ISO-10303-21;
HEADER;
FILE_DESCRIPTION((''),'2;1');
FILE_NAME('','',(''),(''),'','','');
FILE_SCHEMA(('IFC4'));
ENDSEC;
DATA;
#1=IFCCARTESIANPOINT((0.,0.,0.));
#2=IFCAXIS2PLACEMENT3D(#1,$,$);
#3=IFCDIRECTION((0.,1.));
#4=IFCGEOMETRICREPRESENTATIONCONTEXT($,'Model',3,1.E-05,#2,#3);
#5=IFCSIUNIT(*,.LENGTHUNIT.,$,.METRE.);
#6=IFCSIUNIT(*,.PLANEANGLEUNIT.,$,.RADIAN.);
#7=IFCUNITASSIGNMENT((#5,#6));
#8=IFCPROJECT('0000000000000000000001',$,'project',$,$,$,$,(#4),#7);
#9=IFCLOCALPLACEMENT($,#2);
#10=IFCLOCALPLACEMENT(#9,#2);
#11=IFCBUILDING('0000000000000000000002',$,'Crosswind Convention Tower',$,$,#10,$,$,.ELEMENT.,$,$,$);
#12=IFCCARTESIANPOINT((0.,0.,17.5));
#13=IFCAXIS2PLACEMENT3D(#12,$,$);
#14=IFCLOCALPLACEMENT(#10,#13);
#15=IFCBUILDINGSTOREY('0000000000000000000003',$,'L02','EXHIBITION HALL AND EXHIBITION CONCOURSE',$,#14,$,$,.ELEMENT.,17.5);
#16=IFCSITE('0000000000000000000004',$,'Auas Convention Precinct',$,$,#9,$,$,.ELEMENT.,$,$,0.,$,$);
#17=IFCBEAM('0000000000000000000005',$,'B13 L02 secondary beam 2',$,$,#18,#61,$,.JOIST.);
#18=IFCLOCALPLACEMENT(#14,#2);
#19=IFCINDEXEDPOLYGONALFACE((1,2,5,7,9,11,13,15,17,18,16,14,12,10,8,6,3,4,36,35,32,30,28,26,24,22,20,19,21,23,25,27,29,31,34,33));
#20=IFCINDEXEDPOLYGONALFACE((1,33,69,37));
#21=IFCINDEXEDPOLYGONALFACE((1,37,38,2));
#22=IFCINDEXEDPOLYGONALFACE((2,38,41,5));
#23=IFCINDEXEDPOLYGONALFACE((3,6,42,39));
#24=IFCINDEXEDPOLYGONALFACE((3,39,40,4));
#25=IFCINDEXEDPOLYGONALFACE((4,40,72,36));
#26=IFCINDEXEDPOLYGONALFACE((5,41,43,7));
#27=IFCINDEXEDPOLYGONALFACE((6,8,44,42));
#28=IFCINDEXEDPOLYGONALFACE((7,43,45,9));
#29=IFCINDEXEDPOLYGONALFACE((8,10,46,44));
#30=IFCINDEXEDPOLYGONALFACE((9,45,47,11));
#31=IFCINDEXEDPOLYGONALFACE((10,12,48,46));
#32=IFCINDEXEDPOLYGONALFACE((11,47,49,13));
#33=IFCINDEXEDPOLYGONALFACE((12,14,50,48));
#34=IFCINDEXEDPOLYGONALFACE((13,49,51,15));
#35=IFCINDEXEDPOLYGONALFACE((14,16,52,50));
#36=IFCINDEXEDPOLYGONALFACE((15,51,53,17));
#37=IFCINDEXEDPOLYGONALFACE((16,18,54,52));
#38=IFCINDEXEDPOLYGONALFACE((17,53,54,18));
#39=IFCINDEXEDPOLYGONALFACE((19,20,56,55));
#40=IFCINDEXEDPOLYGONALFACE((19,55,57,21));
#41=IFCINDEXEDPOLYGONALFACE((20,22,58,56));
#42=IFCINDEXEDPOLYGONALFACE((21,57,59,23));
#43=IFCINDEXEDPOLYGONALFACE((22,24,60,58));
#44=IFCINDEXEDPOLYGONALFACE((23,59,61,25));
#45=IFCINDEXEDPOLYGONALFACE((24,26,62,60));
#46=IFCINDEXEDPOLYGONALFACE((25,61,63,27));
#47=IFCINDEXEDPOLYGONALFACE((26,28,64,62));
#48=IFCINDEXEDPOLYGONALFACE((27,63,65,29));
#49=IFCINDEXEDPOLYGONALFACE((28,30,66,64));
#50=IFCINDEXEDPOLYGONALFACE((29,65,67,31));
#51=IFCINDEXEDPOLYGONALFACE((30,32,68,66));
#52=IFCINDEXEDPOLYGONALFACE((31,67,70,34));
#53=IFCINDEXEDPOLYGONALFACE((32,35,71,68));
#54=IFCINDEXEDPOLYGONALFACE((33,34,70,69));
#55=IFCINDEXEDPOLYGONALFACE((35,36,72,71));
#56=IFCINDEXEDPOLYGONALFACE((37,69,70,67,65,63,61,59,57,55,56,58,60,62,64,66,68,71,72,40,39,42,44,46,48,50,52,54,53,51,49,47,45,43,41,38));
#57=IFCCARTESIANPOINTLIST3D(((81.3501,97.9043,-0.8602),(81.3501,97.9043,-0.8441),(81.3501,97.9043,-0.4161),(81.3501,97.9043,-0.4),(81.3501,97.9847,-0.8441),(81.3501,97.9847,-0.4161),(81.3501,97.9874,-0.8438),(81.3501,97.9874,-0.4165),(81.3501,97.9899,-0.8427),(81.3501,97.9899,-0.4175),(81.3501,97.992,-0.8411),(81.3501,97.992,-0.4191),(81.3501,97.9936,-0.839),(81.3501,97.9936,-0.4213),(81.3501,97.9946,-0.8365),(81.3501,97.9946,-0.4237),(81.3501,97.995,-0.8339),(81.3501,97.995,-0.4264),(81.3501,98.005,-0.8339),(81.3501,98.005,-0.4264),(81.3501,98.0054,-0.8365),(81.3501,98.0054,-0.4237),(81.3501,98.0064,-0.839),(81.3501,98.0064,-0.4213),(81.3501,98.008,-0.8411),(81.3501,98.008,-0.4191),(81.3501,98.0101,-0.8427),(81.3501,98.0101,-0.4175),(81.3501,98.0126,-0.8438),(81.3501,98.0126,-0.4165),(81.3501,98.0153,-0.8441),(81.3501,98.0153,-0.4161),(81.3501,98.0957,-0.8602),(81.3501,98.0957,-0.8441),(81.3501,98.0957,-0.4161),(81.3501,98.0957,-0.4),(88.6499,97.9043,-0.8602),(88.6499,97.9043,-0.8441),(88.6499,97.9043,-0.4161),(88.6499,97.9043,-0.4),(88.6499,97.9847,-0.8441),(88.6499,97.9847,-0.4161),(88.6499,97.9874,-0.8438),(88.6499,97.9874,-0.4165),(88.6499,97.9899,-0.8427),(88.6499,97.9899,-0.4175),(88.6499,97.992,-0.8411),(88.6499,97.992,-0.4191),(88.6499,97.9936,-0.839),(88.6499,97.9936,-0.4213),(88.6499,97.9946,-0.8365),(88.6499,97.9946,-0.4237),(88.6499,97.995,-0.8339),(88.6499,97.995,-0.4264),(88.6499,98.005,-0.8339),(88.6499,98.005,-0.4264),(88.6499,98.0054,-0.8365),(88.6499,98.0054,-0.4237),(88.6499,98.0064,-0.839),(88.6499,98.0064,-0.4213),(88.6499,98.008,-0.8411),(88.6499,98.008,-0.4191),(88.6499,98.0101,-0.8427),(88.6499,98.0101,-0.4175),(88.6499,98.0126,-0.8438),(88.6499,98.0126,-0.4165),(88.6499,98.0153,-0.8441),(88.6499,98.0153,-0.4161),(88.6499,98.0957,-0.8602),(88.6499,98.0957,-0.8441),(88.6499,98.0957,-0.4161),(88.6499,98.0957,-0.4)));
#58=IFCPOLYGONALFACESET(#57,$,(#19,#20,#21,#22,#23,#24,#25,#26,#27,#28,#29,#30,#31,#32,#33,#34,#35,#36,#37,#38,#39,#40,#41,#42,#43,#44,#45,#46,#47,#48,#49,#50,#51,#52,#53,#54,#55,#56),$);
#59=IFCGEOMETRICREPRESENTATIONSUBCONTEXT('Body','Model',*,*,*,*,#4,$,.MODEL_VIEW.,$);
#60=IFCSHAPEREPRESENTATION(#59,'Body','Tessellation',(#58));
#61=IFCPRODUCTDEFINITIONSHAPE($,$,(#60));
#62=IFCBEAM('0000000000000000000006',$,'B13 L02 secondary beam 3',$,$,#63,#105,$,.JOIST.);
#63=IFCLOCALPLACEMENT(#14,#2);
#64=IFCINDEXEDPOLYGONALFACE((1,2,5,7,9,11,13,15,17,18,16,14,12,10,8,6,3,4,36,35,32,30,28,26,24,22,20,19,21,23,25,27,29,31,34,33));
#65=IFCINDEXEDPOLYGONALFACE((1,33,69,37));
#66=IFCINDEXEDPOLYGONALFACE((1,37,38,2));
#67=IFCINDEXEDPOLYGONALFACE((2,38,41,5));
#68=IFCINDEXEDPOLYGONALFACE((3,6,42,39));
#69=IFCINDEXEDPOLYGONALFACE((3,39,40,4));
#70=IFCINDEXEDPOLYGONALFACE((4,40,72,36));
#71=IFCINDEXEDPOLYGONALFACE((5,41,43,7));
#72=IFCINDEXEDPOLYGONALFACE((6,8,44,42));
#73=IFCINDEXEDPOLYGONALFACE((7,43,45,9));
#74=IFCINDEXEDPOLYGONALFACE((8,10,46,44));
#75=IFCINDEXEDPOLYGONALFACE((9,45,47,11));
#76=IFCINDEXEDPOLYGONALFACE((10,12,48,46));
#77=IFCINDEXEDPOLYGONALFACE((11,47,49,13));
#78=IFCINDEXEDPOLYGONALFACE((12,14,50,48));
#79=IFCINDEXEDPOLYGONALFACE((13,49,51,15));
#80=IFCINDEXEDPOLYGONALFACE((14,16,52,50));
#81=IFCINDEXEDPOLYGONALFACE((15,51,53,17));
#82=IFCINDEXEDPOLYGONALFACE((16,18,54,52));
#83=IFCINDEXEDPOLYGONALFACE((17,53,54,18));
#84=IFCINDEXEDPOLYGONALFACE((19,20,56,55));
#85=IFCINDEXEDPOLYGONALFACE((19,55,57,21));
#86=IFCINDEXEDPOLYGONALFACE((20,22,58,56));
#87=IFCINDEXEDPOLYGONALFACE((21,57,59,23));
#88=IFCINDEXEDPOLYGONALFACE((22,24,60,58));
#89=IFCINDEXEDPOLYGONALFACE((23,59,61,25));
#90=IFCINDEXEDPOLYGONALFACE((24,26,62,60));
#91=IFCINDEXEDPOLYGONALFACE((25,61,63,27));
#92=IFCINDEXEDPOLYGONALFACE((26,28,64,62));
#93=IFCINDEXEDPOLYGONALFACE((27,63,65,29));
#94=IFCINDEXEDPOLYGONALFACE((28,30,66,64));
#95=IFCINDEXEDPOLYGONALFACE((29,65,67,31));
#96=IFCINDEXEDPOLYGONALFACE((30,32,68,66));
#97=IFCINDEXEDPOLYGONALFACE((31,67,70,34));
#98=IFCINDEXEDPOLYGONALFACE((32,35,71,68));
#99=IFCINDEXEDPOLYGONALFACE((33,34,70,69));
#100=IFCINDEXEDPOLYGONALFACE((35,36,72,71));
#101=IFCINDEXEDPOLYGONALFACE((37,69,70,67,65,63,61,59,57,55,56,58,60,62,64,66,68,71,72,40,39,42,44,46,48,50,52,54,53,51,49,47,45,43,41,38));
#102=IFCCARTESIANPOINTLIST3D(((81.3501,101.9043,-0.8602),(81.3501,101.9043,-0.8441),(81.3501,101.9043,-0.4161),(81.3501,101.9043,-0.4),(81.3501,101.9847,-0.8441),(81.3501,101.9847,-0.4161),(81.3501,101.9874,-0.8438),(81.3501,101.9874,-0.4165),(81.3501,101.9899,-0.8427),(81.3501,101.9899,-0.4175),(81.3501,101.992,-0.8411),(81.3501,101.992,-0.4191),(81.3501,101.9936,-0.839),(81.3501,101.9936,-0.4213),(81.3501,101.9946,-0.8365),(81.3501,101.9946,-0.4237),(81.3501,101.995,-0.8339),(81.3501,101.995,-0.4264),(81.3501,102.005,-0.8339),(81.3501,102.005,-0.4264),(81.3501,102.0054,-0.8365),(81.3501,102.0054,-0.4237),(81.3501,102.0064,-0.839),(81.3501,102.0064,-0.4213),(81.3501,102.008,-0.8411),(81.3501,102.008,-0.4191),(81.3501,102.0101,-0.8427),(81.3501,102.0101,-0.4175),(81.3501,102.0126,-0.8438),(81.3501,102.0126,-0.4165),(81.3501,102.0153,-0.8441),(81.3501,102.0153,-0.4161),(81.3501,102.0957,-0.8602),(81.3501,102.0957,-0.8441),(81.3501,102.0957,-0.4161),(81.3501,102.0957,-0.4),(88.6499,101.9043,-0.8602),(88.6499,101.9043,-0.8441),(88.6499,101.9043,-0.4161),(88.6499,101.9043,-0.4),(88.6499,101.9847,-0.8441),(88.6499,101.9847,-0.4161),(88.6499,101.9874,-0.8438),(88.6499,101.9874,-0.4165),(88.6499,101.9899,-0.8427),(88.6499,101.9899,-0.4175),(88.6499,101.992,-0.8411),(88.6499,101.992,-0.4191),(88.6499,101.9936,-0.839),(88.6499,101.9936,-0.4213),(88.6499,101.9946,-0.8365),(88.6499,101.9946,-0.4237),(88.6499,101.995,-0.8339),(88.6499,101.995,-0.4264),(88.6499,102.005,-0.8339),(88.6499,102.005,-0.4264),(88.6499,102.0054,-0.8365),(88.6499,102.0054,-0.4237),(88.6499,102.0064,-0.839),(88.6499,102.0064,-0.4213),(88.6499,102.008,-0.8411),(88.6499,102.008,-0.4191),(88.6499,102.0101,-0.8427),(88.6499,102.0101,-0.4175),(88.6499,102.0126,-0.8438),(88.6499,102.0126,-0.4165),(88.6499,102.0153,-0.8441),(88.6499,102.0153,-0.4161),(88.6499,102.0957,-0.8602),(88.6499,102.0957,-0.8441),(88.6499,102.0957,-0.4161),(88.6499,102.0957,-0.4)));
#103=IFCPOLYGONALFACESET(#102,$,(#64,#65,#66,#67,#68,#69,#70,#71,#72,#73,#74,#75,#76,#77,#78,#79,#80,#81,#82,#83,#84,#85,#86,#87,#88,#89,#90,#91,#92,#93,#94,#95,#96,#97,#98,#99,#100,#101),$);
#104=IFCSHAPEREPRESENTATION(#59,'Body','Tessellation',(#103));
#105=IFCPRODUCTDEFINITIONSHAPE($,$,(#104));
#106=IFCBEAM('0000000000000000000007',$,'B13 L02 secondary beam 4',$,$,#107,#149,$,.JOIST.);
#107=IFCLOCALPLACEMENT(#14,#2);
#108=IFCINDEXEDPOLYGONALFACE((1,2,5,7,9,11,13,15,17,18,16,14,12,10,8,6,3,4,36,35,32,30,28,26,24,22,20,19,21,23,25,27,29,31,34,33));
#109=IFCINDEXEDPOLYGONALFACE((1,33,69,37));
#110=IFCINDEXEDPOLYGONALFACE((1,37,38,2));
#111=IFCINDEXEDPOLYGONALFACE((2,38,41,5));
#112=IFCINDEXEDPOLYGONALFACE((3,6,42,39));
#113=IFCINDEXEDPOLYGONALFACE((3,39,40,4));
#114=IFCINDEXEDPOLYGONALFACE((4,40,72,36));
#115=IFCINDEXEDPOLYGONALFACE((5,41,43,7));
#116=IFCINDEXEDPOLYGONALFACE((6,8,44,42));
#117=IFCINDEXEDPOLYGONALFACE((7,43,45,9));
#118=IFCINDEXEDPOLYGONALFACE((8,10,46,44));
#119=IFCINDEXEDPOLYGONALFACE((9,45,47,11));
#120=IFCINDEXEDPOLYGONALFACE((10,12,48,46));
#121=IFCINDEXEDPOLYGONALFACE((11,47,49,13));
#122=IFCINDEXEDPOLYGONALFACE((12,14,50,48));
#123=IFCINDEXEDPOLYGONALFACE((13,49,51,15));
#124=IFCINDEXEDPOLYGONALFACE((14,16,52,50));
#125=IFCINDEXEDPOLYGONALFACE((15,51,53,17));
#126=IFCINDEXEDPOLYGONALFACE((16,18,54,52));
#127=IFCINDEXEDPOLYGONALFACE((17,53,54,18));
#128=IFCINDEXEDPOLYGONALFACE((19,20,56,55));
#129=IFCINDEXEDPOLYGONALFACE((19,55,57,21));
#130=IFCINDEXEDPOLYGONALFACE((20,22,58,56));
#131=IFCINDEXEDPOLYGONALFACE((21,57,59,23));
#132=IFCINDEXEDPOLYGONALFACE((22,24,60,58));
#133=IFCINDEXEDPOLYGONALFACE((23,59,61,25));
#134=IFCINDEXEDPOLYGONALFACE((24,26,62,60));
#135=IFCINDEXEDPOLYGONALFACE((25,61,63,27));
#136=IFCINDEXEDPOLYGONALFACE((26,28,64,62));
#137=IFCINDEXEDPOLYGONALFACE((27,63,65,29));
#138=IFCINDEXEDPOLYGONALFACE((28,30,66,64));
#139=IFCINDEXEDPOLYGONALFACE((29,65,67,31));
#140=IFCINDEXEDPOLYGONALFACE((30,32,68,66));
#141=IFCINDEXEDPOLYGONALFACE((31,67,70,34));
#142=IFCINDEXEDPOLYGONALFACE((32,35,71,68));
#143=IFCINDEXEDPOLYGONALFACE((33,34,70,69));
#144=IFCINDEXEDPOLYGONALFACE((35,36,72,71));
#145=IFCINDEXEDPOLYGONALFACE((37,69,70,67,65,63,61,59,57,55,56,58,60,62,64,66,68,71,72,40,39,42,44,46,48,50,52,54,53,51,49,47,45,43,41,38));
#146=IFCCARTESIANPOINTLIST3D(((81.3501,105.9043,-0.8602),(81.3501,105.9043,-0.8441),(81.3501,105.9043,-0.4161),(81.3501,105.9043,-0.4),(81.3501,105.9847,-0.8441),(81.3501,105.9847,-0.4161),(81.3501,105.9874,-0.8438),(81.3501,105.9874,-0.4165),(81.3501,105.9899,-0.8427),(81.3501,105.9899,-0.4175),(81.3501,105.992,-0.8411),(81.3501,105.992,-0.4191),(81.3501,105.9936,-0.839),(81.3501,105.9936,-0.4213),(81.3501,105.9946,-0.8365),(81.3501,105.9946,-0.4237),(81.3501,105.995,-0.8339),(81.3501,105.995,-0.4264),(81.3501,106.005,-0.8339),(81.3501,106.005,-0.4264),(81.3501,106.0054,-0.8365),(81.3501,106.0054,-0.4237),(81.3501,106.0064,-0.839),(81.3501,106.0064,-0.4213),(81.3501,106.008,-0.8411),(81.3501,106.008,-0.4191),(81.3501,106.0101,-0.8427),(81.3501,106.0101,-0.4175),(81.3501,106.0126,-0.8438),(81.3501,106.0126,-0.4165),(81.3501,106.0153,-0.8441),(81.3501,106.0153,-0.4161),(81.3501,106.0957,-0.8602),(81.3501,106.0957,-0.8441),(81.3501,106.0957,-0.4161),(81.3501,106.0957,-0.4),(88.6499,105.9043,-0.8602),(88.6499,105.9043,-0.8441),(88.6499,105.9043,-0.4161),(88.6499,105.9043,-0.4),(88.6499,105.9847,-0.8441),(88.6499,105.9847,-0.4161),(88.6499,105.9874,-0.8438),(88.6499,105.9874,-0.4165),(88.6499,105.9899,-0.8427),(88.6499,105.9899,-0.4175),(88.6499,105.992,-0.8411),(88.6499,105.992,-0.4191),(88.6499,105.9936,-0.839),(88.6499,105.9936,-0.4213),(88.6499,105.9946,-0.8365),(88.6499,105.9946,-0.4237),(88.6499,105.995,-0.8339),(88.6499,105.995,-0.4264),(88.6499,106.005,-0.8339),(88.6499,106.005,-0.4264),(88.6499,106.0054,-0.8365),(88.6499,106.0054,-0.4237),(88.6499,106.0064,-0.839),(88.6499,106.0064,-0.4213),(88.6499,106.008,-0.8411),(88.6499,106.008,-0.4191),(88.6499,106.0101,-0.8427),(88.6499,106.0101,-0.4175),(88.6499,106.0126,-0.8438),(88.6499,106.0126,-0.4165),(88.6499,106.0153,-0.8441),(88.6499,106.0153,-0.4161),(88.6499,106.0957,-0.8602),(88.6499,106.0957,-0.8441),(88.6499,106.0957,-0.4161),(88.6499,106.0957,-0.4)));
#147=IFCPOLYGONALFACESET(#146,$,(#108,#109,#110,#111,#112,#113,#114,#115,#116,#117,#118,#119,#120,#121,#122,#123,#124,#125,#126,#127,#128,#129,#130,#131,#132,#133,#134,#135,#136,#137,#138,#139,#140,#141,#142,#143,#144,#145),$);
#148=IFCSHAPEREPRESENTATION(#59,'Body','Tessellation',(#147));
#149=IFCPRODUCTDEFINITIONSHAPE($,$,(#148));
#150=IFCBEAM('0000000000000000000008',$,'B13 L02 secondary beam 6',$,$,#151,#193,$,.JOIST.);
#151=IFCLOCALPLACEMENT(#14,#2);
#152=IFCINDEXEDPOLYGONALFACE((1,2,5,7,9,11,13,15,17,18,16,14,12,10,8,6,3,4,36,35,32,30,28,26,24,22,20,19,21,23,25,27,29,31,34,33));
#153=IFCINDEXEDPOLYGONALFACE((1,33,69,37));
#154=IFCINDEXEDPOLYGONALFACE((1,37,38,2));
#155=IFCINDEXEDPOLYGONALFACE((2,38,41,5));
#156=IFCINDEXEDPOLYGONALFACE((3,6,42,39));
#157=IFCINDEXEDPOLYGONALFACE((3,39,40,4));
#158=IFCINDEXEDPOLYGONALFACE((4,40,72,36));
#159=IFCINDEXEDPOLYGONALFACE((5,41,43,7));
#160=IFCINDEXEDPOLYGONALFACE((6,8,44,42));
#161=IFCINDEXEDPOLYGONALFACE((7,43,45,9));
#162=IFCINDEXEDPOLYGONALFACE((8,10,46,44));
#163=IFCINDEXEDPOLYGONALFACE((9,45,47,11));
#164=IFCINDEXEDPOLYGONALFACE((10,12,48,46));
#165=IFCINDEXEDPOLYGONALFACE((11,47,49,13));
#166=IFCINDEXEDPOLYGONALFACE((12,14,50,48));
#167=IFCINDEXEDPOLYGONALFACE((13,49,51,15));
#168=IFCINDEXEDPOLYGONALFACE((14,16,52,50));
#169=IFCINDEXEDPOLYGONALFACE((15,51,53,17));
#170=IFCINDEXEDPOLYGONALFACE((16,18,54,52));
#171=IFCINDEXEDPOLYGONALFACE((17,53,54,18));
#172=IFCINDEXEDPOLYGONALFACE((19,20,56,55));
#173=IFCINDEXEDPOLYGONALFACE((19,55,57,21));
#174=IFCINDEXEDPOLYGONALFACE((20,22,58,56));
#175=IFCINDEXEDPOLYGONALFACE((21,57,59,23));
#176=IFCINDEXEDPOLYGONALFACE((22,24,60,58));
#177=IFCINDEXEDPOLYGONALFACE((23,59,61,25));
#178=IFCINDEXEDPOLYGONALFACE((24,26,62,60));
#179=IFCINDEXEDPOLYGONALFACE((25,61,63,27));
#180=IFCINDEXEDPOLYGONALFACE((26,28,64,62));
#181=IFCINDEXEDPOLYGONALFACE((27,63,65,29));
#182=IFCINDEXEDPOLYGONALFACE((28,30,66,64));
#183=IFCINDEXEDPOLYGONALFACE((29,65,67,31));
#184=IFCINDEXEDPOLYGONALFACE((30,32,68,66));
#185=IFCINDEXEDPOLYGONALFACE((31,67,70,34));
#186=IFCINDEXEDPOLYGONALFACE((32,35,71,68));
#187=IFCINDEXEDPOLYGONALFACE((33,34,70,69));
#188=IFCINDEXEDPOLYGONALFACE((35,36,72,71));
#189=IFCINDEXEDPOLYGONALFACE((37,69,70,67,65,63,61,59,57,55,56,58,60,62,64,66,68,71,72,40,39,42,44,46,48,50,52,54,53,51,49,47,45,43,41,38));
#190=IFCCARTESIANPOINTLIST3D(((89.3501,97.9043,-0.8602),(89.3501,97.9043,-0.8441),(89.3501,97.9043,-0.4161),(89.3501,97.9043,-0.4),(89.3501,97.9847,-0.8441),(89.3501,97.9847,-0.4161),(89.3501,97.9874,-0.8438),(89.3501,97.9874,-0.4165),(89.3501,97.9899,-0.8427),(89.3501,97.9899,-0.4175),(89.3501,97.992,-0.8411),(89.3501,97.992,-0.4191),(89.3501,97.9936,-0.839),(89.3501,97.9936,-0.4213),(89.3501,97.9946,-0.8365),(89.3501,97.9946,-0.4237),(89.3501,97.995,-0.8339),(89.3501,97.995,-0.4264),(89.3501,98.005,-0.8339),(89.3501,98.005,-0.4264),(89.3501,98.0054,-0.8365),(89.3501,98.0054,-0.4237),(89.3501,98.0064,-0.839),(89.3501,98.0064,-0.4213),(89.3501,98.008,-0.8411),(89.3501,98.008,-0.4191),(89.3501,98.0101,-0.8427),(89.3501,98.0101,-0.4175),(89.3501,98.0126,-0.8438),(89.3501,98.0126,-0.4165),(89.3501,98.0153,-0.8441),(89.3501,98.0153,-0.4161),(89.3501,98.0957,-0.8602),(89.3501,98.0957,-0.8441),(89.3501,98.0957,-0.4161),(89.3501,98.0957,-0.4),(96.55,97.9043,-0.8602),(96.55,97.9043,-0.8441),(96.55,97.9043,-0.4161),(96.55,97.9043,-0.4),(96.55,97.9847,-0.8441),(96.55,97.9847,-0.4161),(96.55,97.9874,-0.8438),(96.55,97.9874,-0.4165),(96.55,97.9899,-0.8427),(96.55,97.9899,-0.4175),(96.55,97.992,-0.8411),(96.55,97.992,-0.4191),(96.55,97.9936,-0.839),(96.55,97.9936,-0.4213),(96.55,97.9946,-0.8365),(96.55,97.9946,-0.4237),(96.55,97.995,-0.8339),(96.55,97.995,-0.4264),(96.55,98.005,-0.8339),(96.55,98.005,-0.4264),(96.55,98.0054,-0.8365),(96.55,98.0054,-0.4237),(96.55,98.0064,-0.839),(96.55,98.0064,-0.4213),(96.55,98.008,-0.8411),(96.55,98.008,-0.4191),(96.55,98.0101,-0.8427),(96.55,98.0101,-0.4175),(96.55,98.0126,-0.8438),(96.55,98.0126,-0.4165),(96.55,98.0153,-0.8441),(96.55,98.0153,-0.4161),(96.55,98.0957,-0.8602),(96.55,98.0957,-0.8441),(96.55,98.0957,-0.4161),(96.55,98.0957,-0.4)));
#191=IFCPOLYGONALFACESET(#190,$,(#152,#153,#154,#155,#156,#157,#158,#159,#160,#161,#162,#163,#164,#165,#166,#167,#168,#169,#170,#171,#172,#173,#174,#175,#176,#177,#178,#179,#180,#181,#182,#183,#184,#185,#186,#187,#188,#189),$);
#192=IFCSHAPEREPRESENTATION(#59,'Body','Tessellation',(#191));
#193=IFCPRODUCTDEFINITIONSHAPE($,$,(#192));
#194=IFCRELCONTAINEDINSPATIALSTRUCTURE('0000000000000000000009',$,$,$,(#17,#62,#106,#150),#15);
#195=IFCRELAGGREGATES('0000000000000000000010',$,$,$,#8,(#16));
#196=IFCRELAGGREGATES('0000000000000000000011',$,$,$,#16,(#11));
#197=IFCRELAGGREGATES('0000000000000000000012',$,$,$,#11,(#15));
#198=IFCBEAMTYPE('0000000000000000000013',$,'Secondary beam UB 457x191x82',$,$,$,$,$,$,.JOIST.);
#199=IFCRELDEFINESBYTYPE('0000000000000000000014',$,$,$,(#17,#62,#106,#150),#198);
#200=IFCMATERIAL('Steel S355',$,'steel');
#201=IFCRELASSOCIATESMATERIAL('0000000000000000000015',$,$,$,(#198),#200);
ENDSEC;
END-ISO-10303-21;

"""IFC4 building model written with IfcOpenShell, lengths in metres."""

from ifc_helpers import new_model, si_unit, direction, frame, origin, origin_2d, place, context, subcontext, project, spatial, i_section, extrude, material, material_profile, profile_set, type_object, element, save


model = new_model("IFC4")

# Units and contexts
model_context = context("Model", 3, precision=1e-05, world=origin(), true_north=direction((0.0, 1.0)))
body_context = subcontext(model_context, "Body", "Model", "MODEL_VIEW")
ifc_project = project(units=[si_unit("LENGTHUNIT", "METRE"), si_unit("PLANEANGLEUNIT", "RADIAN")], contexts=[model_context])

# Site, building, storey
site_placement = place(None, origin())
site = spatial("IfcSite", under=ifc_project, at=site_placement, Name="Auas Convention Precinct", CompositionType="ELEMENT", RefElevation=0.0)
building_placement = place(site_placement, origin())
building = spatial("IfcBuilding", under=site, at=building_placement, Name="Crosswind Convention Tower", CompositionType="ELEMENT")
storey_placement = place(building_placement, frame((0.0, 0.0, 17.5)))
storey = spatial("IfcBuildingStorey", under=building, at=storey_placement, Name="L02", Description="EXHIBITION HALL AND EXHIBITION CONCOURSE", CompositionType="ELEMENT", Elevation=17.5)

# Shared definitions
ifc_material_1 = material(Name="Steel S355", Category="steel")

# Beams
ifc_material_profile_1 = material_profile(ifc_material_1, i_section(OverallWidth=0.1914, OverallDepth=0.4602, WebThickness=0.01, FlangeThickness=0.0161, FilletRadius=0.0103, at=origin_2d()), Name="UB 457x191x82")
ifc_profile_set_1 = profile_set([ifc_material_profile_1], Name="Steel S355")
beam_type_1 = type_object("IfcBeamType", Name="Secondary beam UB 457x191x82", PredefinedType="JOIST", material=ifc_profile_set_1)
for number, where, z_axis, x_axis, name in (
    (1, (81.3501, 98.0, -0.6301), (1.0, 0.0, 0.0), (0.0, 1.0, 0.0), "B13 L02 secondary beam 2"),
    (2, (81.3501, 102.0, -0.6301), (1.0, 0.0, 0.0), (0.0, 1.0, 0.0), "B13 L02 secondary beam 3"),
    (3, (81.3501, 106.0, -0.6301), (1.0, 0.0, 0.0), (0.0, 1.0, 0.0), "B13 L02 secondary beam 4"),
):
    element("IfcBeam", number, at=place(storey_placement, frame(where, z_axis=z_axis, x_axis=x_axis)), inside=storey, type_object=beam_type_1, Name=name, PredefinedType="JOIST", context=body_context, shape_type="SweptSolid", body=[
        extrude(i_section(OverallWidth=0.1914, OverallDepth=0.4602, WebThickness=0.01, FlangeThickness=0.0161, FilletRadius=0.0103, at=origin_2d()), origin(), (0.0, 0.0, 1.0), 7.2998),
    ])
for number, where, z_axis, x_axis, name in (
    (4, (89.3501, 98.0, -0.6301), (1.0, 0.0, 0.0), (0.0, 1.0, 0.0), "B13 L02 secondary beam 6"),
):
    element("IfcBeam", number, at=place(storey_placement, frame(where, z_axis=z_axis, x_axis=x_axis)), inside=storey, type_object=beam_type_1, Name=name, PredefinedType="JOIST", context=body_context, shape_type="SweptSolid", body=[
        extrude(i_section(OverallWidth=0.1914, OverallDepth=0.4602, WebThickness=0.01, FlangeThickness=0.0161, FilletRadius=0.0103, at=origin_2d()), origin(), (0.0, 0.0, 1.0), 7.2),
    ])

save(model, "model.ifc")
